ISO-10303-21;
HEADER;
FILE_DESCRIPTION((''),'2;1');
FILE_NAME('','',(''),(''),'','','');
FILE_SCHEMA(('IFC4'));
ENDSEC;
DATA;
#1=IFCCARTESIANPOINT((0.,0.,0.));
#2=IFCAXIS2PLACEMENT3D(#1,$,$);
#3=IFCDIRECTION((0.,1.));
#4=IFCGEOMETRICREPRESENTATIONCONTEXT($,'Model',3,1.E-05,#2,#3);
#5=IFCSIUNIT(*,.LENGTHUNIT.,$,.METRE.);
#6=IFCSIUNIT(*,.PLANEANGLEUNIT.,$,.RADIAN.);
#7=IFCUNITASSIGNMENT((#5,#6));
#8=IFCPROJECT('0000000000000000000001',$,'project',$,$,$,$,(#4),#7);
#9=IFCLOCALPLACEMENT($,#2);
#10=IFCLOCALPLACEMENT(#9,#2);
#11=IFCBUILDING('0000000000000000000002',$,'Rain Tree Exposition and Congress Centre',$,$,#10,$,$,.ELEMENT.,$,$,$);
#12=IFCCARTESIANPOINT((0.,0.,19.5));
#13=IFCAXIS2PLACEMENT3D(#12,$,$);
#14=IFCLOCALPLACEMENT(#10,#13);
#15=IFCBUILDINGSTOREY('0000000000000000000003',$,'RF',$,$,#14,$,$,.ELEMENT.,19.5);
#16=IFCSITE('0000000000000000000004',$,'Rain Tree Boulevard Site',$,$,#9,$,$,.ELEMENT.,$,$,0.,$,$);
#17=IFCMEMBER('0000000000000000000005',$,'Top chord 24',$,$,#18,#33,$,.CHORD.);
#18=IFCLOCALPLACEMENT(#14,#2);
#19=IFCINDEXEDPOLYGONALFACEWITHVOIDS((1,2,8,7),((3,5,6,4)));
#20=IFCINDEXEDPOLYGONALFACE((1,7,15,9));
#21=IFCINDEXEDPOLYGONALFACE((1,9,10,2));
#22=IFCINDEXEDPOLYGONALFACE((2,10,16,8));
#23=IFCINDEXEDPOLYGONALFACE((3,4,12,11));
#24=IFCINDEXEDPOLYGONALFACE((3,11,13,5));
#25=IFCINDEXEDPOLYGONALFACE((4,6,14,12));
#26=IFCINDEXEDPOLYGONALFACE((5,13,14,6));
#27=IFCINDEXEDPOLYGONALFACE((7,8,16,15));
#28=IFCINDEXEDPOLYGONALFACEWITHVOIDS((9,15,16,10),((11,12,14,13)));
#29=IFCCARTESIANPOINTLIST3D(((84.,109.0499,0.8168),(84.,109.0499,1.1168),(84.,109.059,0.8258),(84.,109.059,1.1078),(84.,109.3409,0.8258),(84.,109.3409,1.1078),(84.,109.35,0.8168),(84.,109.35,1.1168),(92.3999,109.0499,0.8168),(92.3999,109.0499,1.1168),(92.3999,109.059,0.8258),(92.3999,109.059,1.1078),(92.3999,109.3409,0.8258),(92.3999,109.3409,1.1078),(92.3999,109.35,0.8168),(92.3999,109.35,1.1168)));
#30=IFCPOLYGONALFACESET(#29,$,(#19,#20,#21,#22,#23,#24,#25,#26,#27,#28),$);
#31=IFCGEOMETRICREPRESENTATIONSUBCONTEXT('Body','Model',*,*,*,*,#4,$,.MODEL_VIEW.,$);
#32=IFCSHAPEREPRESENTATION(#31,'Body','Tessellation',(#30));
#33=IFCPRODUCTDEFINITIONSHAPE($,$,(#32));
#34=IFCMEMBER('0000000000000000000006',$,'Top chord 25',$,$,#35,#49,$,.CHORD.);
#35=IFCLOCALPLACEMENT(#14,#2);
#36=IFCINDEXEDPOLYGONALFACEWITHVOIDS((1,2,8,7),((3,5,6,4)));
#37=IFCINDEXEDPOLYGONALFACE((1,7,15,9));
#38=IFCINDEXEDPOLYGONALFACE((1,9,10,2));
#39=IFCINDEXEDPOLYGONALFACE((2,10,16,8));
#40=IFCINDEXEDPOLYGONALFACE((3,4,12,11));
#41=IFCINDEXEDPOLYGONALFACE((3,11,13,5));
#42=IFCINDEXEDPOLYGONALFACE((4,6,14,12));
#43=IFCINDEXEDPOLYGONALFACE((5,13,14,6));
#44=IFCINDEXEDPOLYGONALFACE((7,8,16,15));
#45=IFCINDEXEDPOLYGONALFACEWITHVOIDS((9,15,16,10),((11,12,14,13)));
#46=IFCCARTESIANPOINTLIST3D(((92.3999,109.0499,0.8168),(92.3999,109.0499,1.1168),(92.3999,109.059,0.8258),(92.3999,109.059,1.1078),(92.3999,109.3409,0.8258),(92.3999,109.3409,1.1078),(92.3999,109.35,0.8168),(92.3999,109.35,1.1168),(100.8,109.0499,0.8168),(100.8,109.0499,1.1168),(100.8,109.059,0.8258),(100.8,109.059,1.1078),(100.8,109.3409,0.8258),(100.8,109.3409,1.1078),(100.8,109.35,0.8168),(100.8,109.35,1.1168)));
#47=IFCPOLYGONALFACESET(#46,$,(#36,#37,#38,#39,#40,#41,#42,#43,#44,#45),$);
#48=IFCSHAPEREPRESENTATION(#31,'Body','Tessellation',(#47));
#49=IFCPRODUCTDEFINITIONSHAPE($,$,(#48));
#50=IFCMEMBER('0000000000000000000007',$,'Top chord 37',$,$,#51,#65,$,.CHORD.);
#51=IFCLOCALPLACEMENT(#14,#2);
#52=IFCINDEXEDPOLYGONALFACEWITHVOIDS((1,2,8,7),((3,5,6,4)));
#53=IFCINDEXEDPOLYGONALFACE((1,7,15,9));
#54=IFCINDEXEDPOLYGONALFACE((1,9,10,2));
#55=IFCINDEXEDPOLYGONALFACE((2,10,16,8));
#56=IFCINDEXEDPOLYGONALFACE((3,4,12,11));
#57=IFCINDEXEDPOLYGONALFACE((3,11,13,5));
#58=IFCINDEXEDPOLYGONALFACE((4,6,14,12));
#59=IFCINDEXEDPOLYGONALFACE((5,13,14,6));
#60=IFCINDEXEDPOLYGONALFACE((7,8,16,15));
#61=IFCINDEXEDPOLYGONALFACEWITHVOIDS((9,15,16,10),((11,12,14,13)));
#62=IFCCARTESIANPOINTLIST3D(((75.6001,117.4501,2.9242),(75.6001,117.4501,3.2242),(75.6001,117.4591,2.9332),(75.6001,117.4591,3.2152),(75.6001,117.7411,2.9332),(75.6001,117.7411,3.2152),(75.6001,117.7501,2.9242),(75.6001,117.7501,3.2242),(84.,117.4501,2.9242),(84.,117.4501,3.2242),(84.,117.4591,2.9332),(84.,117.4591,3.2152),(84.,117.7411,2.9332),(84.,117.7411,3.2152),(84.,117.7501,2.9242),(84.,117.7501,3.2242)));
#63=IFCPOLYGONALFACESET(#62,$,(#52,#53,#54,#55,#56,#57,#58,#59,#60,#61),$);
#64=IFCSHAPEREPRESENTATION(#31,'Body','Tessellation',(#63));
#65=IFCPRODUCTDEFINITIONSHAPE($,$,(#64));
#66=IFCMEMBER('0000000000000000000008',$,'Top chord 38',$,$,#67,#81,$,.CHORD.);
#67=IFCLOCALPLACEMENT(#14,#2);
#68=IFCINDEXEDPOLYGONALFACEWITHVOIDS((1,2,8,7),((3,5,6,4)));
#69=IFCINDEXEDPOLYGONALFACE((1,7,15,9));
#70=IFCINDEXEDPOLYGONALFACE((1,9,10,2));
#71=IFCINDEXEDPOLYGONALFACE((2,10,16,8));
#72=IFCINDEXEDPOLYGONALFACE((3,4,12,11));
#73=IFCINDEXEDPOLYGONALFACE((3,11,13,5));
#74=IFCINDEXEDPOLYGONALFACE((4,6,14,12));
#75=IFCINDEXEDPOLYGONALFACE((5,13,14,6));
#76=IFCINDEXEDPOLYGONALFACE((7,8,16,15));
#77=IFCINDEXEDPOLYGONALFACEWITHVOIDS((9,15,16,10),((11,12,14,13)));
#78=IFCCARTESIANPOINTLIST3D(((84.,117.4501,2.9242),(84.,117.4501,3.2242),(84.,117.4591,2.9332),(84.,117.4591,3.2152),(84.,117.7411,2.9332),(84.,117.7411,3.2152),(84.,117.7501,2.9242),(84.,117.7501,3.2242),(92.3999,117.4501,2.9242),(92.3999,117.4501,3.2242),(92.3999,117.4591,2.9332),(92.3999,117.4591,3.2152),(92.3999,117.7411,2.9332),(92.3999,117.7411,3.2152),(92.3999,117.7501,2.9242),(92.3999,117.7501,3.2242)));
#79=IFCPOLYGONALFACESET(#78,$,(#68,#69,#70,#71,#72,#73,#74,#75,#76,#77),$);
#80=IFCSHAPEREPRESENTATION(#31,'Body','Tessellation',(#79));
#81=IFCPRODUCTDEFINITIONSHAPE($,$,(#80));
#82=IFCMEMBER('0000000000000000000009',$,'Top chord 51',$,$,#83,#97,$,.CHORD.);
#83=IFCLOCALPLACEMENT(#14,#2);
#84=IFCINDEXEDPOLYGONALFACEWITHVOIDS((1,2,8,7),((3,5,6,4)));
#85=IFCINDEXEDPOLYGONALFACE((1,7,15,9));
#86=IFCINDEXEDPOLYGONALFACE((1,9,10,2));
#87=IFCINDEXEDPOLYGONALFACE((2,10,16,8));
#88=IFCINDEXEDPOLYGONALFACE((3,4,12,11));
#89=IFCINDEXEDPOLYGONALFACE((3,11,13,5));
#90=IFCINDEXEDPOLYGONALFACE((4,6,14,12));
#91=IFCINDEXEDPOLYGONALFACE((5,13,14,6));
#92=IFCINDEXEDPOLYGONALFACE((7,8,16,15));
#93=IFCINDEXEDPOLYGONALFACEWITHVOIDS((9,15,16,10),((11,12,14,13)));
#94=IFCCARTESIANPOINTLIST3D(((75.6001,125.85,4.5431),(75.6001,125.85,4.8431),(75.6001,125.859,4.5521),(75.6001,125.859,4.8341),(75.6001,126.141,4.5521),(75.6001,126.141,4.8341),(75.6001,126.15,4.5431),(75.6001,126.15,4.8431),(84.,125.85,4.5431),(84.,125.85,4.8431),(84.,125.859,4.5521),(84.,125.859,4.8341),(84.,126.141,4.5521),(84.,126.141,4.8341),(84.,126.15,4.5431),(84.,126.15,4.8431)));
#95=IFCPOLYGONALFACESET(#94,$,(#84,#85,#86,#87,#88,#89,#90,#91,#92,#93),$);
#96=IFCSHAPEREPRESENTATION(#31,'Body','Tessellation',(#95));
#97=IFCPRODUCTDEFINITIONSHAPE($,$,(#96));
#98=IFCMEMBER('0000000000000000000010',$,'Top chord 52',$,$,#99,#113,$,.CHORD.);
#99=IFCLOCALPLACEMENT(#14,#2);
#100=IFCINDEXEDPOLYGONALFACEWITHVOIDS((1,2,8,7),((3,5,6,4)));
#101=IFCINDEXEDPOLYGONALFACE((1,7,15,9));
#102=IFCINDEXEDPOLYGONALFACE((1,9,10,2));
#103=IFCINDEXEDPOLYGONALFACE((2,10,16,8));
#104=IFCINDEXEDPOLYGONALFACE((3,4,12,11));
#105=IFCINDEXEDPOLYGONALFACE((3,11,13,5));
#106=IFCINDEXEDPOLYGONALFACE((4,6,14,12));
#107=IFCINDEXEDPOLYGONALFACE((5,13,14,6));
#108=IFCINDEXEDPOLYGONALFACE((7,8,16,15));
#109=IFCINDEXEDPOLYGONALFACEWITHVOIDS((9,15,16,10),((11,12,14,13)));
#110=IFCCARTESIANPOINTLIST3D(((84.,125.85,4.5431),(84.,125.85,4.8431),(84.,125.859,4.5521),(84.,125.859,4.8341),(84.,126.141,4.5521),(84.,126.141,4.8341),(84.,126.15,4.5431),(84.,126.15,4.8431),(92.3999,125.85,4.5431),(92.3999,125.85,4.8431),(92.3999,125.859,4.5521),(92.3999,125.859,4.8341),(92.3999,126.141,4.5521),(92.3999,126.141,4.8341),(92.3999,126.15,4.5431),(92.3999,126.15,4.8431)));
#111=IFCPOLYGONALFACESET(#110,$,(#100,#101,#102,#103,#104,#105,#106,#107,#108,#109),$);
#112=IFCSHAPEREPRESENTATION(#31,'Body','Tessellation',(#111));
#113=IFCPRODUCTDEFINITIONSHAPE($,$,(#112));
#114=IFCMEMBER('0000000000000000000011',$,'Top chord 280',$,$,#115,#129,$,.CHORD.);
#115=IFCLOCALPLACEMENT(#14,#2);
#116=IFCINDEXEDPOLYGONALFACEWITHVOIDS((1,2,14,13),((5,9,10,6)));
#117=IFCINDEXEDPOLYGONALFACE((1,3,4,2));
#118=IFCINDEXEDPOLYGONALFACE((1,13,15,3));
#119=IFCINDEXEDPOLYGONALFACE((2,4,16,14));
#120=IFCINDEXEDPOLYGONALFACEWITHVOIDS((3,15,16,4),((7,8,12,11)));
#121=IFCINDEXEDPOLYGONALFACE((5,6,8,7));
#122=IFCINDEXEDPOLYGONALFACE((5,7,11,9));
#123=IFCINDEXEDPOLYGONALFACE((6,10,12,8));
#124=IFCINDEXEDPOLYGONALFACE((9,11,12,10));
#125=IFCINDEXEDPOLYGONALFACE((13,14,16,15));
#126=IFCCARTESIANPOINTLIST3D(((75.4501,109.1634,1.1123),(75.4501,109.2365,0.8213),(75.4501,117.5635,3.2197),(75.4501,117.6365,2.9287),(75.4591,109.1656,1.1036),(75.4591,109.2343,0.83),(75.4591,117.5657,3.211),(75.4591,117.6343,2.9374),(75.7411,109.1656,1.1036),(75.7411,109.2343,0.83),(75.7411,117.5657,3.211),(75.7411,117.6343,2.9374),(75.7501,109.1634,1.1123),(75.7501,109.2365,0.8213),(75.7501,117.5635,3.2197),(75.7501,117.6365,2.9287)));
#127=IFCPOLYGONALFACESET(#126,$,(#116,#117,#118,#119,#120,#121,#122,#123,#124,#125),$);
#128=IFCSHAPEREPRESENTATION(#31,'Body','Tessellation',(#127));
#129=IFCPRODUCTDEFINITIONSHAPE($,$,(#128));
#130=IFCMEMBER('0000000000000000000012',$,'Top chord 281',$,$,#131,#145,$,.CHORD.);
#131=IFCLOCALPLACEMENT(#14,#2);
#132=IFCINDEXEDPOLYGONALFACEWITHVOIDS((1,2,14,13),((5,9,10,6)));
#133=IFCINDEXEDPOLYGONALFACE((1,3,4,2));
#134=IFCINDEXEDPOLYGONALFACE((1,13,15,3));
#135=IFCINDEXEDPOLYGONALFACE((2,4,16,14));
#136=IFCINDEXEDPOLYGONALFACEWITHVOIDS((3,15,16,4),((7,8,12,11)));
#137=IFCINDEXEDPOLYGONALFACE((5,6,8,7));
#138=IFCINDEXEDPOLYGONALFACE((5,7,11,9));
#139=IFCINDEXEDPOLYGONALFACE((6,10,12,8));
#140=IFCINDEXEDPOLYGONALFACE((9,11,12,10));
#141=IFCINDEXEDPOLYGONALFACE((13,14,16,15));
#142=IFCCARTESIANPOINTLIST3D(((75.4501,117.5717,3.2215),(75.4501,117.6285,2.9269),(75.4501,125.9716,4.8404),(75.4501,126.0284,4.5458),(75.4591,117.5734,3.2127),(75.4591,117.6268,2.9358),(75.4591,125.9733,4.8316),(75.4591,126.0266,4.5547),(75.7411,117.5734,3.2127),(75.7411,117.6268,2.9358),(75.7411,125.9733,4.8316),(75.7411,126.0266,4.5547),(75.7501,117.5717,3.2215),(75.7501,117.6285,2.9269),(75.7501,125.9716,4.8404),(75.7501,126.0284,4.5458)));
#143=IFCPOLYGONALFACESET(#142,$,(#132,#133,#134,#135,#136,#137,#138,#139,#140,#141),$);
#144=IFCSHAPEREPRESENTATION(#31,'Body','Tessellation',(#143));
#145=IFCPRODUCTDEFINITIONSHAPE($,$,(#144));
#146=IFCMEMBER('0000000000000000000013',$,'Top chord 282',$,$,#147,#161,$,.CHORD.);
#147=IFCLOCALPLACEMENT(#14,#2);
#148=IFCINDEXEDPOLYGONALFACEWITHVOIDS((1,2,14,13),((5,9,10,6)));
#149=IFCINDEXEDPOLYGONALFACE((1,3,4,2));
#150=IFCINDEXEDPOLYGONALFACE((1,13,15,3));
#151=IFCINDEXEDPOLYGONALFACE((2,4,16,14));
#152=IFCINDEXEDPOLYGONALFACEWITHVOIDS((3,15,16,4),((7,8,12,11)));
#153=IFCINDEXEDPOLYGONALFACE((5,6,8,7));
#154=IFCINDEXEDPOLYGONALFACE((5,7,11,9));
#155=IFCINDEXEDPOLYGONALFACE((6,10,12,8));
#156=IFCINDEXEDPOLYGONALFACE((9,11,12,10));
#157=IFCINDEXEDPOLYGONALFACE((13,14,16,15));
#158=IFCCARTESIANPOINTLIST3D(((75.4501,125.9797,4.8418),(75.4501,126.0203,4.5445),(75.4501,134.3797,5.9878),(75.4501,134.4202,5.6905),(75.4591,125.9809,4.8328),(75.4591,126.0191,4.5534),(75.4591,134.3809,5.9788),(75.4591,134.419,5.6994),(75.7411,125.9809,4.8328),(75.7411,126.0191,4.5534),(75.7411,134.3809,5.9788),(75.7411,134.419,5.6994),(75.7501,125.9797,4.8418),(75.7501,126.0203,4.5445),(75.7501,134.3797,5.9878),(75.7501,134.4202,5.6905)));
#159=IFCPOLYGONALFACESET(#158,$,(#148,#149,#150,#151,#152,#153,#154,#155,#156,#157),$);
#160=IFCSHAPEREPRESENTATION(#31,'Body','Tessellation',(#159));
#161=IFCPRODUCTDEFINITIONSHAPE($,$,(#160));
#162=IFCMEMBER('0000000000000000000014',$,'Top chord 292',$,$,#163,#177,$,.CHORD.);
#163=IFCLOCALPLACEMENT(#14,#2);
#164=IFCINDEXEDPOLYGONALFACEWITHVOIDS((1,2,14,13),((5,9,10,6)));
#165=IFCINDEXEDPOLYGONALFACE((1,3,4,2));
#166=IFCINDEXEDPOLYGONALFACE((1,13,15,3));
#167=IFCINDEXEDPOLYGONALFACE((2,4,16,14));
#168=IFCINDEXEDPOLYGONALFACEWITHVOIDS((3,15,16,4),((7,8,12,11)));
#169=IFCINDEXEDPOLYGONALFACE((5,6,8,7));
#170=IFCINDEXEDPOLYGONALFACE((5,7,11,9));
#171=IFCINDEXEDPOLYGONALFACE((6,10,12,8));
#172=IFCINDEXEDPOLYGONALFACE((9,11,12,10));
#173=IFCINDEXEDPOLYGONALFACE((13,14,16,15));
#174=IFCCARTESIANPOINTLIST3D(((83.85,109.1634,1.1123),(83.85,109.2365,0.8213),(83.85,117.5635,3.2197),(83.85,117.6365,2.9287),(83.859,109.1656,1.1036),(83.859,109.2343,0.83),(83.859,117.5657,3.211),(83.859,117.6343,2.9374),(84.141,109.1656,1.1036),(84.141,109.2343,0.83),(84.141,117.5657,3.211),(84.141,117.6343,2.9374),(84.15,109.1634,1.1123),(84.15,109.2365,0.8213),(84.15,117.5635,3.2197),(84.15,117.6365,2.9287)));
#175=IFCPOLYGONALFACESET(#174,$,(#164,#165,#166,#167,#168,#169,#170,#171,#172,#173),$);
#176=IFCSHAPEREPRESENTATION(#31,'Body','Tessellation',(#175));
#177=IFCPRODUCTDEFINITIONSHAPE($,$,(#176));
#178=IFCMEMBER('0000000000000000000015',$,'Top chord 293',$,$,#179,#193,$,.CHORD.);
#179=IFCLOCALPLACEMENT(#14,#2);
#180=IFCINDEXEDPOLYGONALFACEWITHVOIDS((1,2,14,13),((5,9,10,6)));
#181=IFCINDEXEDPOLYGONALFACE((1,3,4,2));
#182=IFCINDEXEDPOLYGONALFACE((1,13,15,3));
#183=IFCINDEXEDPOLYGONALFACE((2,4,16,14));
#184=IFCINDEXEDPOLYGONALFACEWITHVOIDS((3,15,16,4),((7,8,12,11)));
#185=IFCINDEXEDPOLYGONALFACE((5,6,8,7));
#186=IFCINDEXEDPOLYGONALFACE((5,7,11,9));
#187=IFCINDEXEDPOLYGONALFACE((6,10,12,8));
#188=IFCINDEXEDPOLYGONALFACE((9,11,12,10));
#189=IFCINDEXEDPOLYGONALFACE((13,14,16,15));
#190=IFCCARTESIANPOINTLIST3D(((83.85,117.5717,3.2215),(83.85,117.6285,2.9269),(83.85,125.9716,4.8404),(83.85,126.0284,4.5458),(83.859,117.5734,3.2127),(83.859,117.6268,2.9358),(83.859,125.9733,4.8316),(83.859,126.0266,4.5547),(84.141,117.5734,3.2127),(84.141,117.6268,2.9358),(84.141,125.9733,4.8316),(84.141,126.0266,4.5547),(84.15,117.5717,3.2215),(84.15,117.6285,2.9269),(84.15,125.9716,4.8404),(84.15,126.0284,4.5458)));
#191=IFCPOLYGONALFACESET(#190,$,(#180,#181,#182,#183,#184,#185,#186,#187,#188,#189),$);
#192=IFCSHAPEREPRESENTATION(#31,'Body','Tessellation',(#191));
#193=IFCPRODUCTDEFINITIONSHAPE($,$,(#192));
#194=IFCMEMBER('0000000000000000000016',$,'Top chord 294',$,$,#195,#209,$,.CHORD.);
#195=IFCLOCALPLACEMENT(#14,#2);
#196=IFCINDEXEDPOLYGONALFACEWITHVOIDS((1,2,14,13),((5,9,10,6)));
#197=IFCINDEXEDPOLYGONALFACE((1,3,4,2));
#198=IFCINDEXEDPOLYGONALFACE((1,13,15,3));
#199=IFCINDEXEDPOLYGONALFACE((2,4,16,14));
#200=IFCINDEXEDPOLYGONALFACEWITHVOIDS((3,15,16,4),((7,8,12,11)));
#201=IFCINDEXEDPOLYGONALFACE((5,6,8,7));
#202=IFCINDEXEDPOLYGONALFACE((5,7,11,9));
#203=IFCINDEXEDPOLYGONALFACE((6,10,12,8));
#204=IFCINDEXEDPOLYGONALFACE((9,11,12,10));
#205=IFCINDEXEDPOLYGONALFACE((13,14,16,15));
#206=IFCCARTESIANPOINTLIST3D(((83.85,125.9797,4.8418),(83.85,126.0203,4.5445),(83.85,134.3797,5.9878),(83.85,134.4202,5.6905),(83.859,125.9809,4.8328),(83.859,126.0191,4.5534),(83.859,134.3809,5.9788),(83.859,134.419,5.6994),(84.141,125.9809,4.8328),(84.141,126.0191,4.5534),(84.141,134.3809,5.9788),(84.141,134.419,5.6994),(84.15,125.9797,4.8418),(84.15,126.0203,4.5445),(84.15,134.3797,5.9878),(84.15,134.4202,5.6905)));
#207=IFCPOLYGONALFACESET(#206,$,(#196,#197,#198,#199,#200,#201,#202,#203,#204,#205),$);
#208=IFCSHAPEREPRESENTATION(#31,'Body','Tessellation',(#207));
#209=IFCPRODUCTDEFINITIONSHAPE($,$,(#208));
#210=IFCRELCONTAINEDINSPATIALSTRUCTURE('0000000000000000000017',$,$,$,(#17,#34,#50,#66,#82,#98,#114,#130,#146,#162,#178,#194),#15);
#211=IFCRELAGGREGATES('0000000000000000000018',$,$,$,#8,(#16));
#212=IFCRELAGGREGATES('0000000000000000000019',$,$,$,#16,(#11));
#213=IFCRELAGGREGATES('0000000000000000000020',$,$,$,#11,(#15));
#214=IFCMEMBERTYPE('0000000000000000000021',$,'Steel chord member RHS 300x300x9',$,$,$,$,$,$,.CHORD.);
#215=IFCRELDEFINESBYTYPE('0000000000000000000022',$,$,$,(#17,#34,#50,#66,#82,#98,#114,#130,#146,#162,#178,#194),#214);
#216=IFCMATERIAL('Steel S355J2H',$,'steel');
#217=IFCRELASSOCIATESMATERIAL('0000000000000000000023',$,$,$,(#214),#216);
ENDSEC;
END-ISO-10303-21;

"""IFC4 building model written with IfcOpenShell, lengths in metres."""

from ifc_helpers import new_model, si_unit, direction, frame, origin, origin_2d, place, context, subcontext, project, spatial, hollow_rectangle, extrude, material, material_profile, profile_set, type_object, element, save


model = new_model("IFC4")

# Units and contexts
model_context = context("Model", 3, precision=1e-05, world=origin(), true_north=direction((0.0, 1.0)))
body_context = subcontext(model_context, "Body", "Model", "MODEL_VIEW")
ifc_project = project(units=[si_unit("LENGTHUNIT", "METRE"), si_unit("PLANEANGLEUNIT", "RADIAN")], contexts=[model_context])

# Site, building, storey
site_placement = place(None, origin())
site = spatial("IfcSite", under=ifc_project, at=site_placement, Name="Rain Tree Boulevard Site", CompositionType="ELEMENT", RefElevation=0.0)
building_placement = place(site_placement, origin())
building = spatial("IfcBuilding", under=site, at=building_placement, Name="Rain Tree Exposition and Congress Centre", CompositionType="ELEMENT")
storey_placement = place(building_placement, frame((0.0, 0.0, 19.5)))
storey = spatial("IfcBuildingStorey", under=building, at=storey_placement, Name="RF", CompositionType="ELEMENT", Elevation=19.5)

# Members
ifc_material_1 = material(Name="Steel S355J2H", Category="steel")
ifc_material_profile_1 = material_profile(ifc_material_1, hollow_rectangle(XDim=0.3, YDim=0.3, WallThickness=0.009, at=origin_2d()), Name="RHS 300x300x9")
ifc_profile_set_1 = profile_set([ifc_material_profile_1], Name="Steel S355J2H")
member_type = type_object("IfcMemberType", Name="Steel chord member RHS 300x300x9", PredefinedType="CHORD", material=ifc_profile_set_1)
member_1_placement = place(storey_placement, frame((84.0, 109.2, 0.9668), z_axis=(1.0, 0.0, 0.0), x_axis=(0.0, 1.0, 0.0)))
element("IfcMember", 1, at=member_1_placement, inside=storey, type_object=member_type, Name="Top chord 24", PredefinedType="CHORD", context=body_context, shape_type="SweptSolid", body=[
    extrude(hollow_rectangle(XDim=0.3, YDim=0.3, WallThickness=0.009, at=origin_2d()), origin(), (0.0, 0.0, 1.0), 8.3999),
])
member_2_placement = place(storey_placement, frame((92.3999, 109.2, 0.9668), z_axis=(1.0, 0.0, 0.0), x_axis=(0.0, 1.0, 0.0)))
element("IfcMember", 2, at=member_2_placement, inside=storey, type_object=member_type, Name="Top chord 25", PredefinedType="CHORD", context=body_context, shape_type="SweptSolid", body=[
    extrude(hollow_rectangle(XDim=0.3, YDim=0.3, WallThickness=0.009, at=origin_2d()), origin(), (0.0, 0.0, 1.0), 8.4001),
])
for number, where, z_axis, x_axis, name in (
    (3, (75.6001, 117.6001, 3.0742), (1.0, 0.0, 0.0), (0.0, 1.0, 0.0), "Top chord 37"),
    (4, (84.0, 117.6001, 3.0742), (1.0, 0.0, 0.0), (0.0, 1.0, 0.0), "Top chord 38"),
    (5, (75.6001, 126.0, 4.6931), (1.0, 0.0, 0.0), (0.0, 1.0, 0.0), "Top chord 51"),
    (6, (84.0, 126.0, 4.6931), (1.0, 0.0, 0.0), (0.0, 1.0, 0.0), "Top chord 52"),
):
    element("IfcMember", number, at=place(storey_placement, frame(where, z_axis=z_axis, x_axis=x_axis)), inside=storey, type_object=member_type, Name=name, PredefinedType="CHORD", context=body_context, shape_type="SweptSolid", body=[
        extrude(hollow_rectangle(XDim=0.3, YDim=0.3, WallThickness=0.009, at=origin_2d()), origin(), (0.0, 0.0, 1.0), 8.3999),
    ])
member_3_placement = place(storey_placement, frame((75.6001, 109.2, 0.9668), z_axis=(0.0, 0.969942, 0.243338), x_axis=(-1.0, 0.0, 0.0)))
element("IfcMember", 7, at=member_3_placement, inside=storey, type_object=member_type, Name="Top chord 280", PredefinedType="CHORD", context=body_context, shape_type="SweptSolid", body=[
    extrude(hollow_rectangle(XDim=0.3, YDim=0.3, WallThickness=0.009, at=origin_2d()), origin(), (0.0, 0.0, 1.0), 8.6604),
])
member_4_placement = place(storey_placement, frame((75.6001, 117.6001, 3.0742), z_axis=(0.0, 0.98193, 0.189245), x_axis=(-1.0, 0.0, 0.0)))
element("IfcMember", 8, at=member_4_placement, inside=storey, type_object=member_type, Name="Top chord 281", PredefinedType="CHORD", context=body_context, shape_type="SweptSolid", body=[
    extrude(hollow_rectangle(XDim=0.3, YDim=0.3, WallThickness=0.009, at=origin_2d()), origin(), (0.0, 0.0, 1.0), 8.5544),
])
member_5_placement = place(storey_placement, frame((75.6001, 126.0, 4.6931), z_axis=(0.0, 0.990821, 0.135177), x_axis=(-1.0, 0.0, 0.0)))
element("IfcMember", 9, at=member_5_placement, inside=storey, type_object=member_type, Name="Top chord 282", PredefinedType="CHORD", context=body_context, shape_type="SweptSolid", body=[
    extrude(hollow_rectangle(XDim=0.3, YDim=0.3, WallThickness=0.009, at=origin_2d()), origin(), (0.0, 0.0, 1.0), 8.4778),
])
member_6_placement = place(storey_placement, frame((84.0, 109.2, 0.9668), z_axis=(0.0, 0.969942, 0.243338), x_axis=(-1.0, 0.0, 0.0)))
element("IfcMember", 10, at=member_6_placement, inside=storey, type_object=member_type, Name="Top chord 292", PredefinedType="CHORD", context=body_context, shape_type="SweptSolid", body=[
    extrude(hollow_rectangle(XDim=0.3, YDim=0.3, WallThickness=0.009, at=origin_2d()), origin(), (0.0, 0.0, 1.0), 8.6604),
])
member_7_placement = place(storey_placement, frame((84.0, 117.6001, 3.0742), z_axis=(0.0, 0.98193, 0.189245), x_axis=(-1.0, 0.0, 0.0)))
element("IfcMember", 11, at=member_7_placement, inside=storey, type_object=member_type, Name="Top chord 293", PredefinedType="CHORD", context=body_context, shape_type="SweptSolid", body=[
    extrude(hollow_rectangle(XDim=0.3, YDim=0.3, WallThickness=0.009, at=origin_2d()), origin(), (0.0, 0.0, 1.0), 8.5544),
])
member_8_placement = place(storey_placement, frame((84.0, 126.0, 4.6931), z_axis=(0.0, 0.990821, 0.135177), x_axis=(-1.0, 0.0, 0.0)))
element("IfcMember", 12, at=member_8_placement, inside=storey, type_object=member_type, Name="Top chord 294", PredefinedType="CHORD", context=body_context, shape_type="SweptSolid", body=[
    extrude(hollow_rectangle(XDim=0.3, YDim=0.3, WallThickness=0.009, at=origin_2d()), origin(), (0.0, 0.0, 1.0), 8.4778),
])

save(model, "model.ifc")
